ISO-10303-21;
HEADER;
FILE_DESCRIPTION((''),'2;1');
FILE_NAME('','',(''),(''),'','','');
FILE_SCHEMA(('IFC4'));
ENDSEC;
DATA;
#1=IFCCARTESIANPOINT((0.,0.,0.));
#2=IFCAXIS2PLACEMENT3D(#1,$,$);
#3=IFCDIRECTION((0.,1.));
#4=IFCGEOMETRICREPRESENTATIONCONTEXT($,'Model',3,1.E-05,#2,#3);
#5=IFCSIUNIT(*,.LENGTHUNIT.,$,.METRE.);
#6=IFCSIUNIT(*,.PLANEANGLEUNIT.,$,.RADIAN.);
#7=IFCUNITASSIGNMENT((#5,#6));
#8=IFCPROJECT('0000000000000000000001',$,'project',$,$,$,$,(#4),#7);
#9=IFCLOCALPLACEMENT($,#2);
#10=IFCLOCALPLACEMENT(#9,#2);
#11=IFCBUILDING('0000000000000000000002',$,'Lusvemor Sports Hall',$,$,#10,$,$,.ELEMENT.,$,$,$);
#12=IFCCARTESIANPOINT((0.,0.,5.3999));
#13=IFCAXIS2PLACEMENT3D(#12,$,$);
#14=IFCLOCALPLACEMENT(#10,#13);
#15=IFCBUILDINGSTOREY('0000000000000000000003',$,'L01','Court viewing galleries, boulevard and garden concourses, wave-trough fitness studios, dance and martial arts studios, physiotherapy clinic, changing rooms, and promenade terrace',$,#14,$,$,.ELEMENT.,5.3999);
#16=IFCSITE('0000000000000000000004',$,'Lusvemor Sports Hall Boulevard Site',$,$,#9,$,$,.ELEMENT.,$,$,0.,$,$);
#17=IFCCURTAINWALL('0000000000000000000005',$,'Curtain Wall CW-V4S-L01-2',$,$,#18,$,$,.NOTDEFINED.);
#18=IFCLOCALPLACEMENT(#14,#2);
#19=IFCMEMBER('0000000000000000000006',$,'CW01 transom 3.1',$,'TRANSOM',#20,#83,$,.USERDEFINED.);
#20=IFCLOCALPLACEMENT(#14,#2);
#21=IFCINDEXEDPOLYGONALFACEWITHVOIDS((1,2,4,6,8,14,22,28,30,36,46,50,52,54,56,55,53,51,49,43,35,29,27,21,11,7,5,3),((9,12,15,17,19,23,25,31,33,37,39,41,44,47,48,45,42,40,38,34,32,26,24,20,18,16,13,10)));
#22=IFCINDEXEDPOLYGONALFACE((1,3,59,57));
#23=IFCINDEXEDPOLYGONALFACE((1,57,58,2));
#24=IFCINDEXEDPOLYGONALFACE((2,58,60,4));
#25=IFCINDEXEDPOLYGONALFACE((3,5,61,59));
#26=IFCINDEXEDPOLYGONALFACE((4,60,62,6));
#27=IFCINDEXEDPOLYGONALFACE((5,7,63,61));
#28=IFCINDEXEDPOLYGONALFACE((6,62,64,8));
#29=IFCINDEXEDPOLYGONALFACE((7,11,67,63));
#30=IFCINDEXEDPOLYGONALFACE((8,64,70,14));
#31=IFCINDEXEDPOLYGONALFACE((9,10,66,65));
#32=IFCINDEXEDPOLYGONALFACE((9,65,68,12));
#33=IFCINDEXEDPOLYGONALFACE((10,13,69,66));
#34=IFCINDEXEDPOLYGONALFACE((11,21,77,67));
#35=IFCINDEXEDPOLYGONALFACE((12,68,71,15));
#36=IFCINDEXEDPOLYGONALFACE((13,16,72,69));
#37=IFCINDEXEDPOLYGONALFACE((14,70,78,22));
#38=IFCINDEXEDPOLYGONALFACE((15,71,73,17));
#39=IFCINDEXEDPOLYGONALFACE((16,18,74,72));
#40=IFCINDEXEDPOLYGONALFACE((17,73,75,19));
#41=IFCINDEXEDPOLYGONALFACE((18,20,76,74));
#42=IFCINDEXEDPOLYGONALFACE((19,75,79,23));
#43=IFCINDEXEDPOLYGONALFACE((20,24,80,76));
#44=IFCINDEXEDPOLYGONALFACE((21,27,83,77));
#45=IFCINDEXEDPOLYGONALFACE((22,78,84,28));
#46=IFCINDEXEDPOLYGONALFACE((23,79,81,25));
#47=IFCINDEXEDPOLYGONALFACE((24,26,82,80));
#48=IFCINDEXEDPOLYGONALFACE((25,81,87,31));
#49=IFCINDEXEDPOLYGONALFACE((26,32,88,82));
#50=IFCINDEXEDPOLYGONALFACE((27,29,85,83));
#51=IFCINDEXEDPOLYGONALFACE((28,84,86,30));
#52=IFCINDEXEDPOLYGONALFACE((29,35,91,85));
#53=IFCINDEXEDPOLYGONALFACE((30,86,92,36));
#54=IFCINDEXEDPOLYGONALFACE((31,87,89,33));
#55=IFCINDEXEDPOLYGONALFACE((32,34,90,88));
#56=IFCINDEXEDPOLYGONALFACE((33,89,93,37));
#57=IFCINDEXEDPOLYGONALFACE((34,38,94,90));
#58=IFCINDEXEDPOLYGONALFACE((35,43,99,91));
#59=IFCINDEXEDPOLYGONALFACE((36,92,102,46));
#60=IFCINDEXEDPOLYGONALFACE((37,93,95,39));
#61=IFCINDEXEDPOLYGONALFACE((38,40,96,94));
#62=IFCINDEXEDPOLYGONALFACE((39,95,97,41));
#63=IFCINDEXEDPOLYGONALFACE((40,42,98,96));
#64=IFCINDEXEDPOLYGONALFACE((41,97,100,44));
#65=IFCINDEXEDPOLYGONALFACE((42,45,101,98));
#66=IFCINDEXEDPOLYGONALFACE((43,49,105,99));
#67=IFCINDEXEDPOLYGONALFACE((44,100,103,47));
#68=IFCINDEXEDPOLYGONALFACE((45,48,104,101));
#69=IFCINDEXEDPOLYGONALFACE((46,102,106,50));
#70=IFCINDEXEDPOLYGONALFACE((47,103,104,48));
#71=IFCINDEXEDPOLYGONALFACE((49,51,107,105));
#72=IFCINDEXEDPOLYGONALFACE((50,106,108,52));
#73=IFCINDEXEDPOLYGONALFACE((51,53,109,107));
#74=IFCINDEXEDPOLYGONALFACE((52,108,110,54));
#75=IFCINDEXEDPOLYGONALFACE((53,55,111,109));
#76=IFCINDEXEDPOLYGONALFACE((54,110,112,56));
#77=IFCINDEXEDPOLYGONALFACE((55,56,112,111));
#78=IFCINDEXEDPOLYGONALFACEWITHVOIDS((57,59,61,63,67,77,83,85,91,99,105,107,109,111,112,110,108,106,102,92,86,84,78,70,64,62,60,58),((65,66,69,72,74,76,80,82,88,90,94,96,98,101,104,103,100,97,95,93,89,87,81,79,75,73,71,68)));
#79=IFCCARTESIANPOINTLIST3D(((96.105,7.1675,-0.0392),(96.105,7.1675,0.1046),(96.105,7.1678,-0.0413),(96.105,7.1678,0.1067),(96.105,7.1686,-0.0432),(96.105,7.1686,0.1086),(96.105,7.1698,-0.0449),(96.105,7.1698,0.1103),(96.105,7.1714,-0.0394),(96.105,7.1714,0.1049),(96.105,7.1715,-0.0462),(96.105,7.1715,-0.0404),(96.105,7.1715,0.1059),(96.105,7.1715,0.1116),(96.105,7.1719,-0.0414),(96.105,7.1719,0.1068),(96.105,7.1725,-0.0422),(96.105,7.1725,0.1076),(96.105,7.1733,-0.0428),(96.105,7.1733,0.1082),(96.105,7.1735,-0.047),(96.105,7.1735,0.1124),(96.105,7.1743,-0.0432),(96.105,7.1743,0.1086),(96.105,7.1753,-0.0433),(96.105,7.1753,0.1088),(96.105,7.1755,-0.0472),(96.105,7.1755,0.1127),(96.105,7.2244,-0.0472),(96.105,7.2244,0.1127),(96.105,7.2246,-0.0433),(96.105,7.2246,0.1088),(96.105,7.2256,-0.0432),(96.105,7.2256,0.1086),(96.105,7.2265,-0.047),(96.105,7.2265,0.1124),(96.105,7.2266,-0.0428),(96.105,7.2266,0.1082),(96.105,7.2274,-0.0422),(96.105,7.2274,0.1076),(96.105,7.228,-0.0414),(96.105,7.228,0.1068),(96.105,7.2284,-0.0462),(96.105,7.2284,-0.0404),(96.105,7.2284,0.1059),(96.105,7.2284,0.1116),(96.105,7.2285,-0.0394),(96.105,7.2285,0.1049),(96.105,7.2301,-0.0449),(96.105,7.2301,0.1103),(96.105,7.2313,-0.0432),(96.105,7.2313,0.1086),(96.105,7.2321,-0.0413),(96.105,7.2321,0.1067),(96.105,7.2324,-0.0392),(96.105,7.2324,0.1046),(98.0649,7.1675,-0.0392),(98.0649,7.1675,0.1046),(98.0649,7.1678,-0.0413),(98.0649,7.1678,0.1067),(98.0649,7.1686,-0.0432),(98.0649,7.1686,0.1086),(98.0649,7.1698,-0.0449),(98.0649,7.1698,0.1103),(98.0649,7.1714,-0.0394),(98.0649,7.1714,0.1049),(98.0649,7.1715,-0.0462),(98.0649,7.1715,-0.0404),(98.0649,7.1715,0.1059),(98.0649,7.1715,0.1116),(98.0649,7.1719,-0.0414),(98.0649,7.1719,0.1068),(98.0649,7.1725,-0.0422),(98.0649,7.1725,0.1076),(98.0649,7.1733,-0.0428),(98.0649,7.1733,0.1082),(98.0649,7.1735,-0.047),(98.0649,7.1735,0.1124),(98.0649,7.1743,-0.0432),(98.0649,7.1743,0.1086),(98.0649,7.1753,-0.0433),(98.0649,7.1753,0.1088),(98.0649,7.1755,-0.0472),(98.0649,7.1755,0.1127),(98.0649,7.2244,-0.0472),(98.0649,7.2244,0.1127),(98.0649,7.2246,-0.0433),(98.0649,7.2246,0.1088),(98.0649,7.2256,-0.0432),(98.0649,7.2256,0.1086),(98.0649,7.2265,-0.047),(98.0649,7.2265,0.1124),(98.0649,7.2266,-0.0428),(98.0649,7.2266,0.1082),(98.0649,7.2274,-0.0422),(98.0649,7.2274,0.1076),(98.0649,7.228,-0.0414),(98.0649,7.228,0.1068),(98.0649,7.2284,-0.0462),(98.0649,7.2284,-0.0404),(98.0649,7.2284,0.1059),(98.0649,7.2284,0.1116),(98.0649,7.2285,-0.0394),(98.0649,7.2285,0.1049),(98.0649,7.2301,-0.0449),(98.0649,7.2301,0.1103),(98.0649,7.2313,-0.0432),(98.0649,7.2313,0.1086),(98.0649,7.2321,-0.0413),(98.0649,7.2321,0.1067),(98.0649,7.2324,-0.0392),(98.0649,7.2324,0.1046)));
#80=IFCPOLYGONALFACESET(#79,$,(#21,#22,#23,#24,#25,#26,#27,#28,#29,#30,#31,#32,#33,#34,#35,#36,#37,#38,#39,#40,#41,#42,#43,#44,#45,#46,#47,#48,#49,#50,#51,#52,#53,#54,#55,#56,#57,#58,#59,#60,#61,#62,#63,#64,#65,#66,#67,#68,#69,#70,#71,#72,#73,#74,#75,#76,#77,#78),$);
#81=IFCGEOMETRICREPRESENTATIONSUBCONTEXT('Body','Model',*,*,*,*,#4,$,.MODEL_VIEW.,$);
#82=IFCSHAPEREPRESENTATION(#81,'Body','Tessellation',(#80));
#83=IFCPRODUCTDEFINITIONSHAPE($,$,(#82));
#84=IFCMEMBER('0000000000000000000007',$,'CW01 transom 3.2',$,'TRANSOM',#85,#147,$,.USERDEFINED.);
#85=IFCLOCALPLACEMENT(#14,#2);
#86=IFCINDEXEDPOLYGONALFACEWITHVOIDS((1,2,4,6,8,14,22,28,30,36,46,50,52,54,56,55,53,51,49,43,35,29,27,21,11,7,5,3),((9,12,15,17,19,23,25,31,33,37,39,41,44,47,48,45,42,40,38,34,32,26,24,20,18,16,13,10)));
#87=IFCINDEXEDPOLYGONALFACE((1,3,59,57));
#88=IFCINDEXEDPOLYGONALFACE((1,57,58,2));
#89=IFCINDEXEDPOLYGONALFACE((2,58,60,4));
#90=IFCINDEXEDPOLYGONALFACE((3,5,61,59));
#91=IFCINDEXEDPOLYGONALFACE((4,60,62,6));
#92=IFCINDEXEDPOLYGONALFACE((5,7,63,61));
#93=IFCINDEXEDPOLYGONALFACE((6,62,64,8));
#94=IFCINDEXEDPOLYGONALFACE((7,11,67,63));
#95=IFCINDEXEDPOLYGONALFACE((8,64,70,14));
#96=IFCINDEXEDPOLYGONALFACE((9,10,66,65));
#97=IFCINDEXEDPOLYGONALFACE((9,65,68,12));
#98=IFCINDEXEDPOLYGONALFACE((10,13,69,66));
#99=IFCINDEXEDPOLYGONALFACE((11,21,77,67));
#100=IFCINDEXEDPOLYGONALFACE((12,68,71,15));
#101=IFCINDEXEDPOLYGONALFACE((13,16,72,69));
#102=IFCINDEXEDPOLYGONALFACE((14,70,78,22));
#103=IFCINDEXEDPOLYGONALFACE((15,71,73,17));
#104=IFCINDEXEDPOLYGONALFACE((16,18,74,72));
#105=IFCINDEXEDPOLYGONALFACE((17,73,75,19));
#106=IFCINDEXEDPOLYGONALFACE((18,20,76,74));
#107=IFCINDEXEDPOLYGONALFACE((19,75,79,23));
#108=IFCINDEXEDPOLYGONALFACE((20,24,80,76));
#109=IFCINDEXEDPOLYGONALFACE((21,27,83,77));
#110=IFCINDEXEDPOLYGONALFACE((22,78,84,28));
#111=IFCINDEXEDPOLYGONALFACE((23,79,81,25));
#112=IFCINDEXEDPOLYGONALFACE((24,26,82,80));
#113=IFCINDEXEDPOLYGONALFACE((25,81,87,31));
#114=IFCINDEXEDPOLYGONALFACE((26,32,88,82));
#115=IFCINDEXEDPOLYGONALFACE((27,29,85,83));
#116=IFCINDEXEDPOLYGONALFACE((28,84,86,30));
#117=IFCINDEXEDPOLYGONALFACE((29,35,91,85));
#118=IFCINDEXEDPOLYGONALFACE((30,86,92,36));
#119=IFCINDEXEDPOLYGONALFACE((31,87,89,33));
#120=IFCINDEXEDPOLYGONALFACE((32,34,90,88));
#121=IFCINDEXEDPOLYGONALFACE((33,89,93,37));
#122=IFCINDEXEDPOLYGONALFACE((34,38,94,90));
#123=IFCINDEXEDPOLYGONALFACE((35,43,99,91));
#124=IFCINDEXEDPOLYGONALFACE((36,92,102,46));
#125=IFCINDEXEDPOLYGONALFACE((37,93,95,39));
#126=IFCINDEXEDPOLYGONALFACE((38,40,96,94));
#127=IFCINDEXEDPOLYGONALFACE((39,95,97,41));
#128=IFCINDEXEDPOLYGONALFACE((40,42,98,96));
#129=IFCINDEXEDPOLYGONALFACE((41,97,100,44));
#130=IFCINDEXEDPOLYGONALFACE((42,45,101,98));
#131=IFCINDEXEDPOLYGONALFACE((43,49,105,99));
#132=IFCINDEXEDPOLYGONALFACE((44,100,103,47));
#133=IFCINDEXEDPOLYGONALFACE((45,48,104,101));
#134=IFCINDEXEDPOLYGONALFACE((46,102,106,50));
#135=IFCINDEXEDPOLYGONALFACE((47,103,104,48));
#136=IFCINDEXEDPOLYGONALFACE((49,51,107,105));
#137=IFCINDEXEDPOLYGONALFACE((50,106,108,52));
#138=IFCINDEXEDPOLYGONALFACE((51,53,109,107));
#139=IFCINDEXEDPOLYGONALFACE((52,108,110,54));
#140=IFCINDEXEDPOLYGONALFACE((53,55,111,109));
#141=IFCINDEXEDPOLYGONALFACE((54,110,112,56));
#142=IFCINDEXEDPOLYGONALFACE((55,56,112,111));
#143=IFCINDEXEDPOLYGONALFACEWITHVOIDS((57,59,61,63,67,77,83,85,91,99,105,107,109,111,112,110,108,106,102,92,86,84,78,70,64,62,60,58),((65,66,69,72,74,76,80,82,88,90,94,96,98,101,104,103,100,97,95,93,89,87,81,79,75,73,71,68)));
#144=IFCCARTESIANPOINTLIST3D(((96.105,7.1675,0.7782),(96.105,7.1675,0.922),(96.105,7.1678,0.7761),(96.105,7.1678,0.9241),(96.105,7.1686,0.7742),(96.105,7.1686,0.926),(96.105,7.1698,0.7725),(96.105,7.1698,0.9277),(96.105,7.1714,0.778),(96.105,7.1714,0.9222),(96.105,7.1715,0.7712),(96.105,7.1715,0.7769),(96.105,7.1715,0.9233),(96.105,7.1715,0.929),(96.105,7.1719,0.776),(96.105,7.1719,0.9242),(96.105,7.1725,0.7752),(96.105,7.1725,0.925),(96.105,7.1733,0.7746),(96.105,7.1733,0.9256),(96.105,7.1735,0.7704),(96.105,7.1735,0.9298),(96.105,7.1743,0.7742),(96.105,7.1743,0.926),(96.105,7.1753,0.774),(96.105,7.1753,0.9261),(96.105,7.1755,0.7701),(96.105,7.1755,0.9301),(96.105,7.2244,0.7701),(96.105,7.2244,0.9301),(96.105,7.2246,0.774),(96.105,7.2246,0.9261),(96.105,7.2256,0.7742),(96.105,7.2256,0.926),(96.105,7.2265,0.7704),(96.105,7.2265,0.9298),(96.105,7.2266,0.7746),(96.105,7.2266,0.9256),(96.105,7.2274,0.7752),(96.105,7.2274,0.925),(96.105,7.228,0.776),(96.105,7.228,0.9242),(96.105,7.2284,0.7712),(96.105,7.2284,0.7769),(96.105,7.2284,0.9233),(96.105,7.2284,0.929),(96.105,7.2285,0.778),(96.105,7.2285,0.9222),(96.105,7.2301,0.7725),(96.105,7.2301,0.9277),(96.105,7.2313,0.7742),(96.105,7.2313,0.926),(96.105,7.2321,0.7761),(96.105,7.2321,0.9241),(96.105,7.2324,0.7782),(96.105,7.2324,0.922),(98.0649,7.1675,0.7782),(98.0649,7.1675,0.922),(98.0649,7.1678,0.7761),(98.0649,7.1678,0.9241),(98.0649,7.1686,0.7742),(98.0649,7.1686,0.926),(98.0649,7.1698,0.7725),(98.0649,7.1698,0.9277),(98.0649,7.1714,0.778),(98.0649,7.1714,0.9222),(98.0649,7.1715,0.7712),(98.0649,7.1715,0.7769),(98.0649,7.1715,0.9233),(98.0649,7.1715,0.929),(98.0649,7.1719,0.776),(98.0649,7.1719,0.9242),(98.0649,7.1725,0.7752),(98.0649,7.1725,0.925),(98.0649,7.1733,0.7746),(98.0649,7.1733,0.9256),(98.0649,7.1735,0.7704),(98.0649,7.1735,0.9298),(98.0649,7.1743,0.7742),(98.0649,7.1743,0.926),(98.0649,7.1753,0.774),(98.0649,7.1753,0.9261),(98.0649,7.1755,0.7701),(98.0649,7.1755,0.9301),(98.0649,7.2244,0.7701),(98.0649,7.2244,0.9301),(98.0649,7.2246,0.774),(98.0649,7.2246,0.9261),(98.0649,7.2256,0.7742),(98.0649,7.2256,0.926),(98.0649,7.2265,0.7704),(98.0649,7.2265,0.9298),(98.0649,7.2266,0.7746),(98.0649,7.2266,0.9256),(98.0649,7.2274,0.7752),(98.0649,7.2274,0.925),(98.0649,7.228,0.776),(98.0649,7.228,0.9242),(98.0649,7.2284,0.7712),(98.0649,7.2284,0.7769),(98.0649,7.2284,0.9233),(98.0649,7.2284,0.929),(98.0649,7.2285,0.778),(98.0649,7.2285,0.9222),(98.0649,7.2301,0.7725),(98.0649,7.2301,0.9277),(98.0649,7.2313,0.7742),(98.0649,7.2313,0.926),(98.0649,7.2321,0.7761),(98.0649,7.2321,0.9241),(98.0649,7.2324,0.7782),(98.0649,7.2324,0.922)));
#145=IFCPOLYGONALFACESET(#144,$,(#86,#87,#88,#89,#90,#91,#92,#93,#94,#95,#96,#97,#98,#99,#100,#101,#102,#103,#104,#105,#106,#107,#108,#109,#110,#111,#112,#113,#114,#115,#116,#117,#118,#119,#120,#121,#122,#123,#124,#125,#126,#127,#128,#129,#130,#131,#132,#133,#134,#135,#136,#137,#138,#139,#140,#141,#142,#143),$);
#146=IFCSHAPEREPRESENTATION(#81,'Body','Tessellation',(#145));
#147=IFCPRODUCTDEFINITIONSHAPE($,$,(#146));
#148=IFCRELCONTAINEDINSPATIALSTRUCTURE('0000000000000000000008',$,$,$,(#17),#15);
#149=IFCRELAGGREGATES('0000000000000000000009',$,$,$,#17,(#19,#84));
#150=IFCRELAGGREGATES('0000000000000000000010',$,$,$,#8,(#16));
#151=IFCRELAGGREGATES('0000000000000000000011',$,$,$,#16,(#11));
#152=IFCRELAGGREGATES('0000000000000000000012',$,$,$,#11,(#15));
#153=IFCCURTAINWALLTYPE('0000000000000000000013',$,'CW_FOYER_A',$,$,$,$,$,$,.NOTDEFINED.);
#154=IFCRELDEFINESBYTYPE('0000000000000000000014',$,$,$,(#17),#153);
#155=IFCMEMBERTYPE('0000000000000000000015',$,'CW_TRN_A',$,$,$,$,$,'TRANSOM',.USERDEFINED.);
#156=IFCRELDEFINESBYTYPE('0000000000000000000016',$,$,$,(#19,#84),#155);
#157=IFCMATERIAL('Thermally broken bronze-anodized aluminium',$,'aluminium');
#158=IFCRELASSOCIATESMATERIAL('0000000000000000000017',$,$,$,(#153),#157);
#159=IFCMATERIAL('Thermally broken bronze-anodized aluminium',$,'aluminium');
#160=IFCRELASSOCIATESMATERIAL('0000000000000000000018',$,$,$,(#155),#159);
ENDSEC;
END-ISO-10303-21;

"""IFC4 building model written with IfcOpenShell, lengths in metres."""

from ifc_helpers import new_model, si_unit, direction, frame, origin, origin_2d, place, context, subcontext, project, spatial, hollow_rectangle, extrude, material, material_profile, profile_set, type_object, element, aggregate, save


model = new_model("IFC4")

# Units and contexts
model_context = context("Model", 3, precision=1e-05, world=origin(), true_north=direction((0.0, 1.0)))
body_context = subcontext(model_context, "Body", "Model", "MODEL_VIEW")
ifc_project = project(units=[si_unit("LENGTHUNIT", "METRE"), si_unit("PLANEANGLEUNIT", "RADIAN")], contexts=[model_context])

# Site, building, storey
site_placement = place(None, origin())
site = spatial("IfcSite", under=ifc_project, at=site_placement, Name="Lusvemor Sports Hall Boulevard Site", CompositionType="ELEMENT", RefElevation=0.0)
building_placement = place(site_placement, origin())
building = spatial("IfcBuilding", under=site, at=building_placement, Name="Lusvemor Sports Hall", CompositionType="ELEMENT")
storey_placement = place(building_placement, frame((0.0, 0.0, 5.3999)))
storey = spatial("IfcBuildingStorey", under=building, at=storey_placement, Name="L01", Description="Court viewing galleries, boulevard and garden concourses, wave-trough fitness studios, dance and martial arts studios, physiotherapy clinic, changing rooms, and promenade terrace", CompositionType="ELEMENT", Elevation=5.3999)

# Curtain wall
ifc_material_1 = material(Name="Thermally broken bronze-anodized aluminium", Category="aluminium")
curtain_wall_type = type_object("IfcCurtainWallType", Name="CW_FOYER_A", PredefinedType="NOTDEFINED", material=ifc_material_1)
curtain_wall_1_placement = place(storey_placement, origin())
curtain_wall_1 = element("IfcCurtainWall", 1, at=curtain_wall_1_placement, inside=storey, type_object=curtain_wall_type, Name="Curtain Wall CW-V4S-L01-2", PredefinedType="NOTDEFINED")

# Members
ifc_material_2 = material(Name="Thermally broken bronze-anodized aluminium", Category="aluminium")
ifc_material_profile_1 = material_profile(ifc_material_2, hollow_rectangle(XDim=0.0649, YDim=0.1599, WallThickness=0.0039, InnerFilletRadius=0.0039, OuterFilletRadius=0.0081, at=origin_2d()), Name="CWTRN160x65x4")
ifc_profile_set_1 = profile_set([ifc_material_profile_1], Name="Thermally broken bronze-anodized aluminium")
member_type_1 = type_object("IfcMemberType", Name="CW_TRN_A", ElementType="TRANSOM", PredefinedType="USERDEFINED", material=ifc_profile_set_1)
member_1_placement = place(storey_placement, frame((98.0649, 7.2, 0.0327), z_axis=(-1.0, 0.0, 0.0), x_axis=(0.0, -1.0, 0.0)))
member_1 = element("IfcMember", 2, at=member_1_placement, type_object=member_type_1, Name="CW01 transom 3.1", ObjectType="TRANSOM", PredefinedType="USERDEFINED", context=body_context, shape_type="SweptSolid", body=[
    extrude(hollow_rectangle(XDim=0.0649, YDim=0.1599, WallThickness=0.0039, InnerFilletRadius=0.0039, OuterFilletRadius=0.0081, at=origin_2d()), origin(), (0.0, 0.0, 1.0), 1.96),
])
member_2_placement = place(storey_placement, frame((98.0649, 7.2, 0.8501), z_axis=(-1.0, 0.0, 0.0), x_axis=(0.0, -1.0, 0.0)))
member_2 = element("IfcMember", 3, at=member_2_placement, type_object=member_type_1, Name="CW01 transom 3.2", ObjectType="TRANSOM", PredefinedType="USERDEFINED", context=body_context, shape_type="SweptSolid", body=[
    extrude(hollow_rectangle(XDim=0.0649, YDim=0.1599, WallThickness=0.0039, InnerFilletRadius=0.0039, OuterFilletRadius=0.0081, at=origin_2d()), origin(), (0.0, 0.0, 1.0), 1.96),
])

aggregate(curtain_wall_1, [member_1, member_2])

save(model, "model.ifc")
